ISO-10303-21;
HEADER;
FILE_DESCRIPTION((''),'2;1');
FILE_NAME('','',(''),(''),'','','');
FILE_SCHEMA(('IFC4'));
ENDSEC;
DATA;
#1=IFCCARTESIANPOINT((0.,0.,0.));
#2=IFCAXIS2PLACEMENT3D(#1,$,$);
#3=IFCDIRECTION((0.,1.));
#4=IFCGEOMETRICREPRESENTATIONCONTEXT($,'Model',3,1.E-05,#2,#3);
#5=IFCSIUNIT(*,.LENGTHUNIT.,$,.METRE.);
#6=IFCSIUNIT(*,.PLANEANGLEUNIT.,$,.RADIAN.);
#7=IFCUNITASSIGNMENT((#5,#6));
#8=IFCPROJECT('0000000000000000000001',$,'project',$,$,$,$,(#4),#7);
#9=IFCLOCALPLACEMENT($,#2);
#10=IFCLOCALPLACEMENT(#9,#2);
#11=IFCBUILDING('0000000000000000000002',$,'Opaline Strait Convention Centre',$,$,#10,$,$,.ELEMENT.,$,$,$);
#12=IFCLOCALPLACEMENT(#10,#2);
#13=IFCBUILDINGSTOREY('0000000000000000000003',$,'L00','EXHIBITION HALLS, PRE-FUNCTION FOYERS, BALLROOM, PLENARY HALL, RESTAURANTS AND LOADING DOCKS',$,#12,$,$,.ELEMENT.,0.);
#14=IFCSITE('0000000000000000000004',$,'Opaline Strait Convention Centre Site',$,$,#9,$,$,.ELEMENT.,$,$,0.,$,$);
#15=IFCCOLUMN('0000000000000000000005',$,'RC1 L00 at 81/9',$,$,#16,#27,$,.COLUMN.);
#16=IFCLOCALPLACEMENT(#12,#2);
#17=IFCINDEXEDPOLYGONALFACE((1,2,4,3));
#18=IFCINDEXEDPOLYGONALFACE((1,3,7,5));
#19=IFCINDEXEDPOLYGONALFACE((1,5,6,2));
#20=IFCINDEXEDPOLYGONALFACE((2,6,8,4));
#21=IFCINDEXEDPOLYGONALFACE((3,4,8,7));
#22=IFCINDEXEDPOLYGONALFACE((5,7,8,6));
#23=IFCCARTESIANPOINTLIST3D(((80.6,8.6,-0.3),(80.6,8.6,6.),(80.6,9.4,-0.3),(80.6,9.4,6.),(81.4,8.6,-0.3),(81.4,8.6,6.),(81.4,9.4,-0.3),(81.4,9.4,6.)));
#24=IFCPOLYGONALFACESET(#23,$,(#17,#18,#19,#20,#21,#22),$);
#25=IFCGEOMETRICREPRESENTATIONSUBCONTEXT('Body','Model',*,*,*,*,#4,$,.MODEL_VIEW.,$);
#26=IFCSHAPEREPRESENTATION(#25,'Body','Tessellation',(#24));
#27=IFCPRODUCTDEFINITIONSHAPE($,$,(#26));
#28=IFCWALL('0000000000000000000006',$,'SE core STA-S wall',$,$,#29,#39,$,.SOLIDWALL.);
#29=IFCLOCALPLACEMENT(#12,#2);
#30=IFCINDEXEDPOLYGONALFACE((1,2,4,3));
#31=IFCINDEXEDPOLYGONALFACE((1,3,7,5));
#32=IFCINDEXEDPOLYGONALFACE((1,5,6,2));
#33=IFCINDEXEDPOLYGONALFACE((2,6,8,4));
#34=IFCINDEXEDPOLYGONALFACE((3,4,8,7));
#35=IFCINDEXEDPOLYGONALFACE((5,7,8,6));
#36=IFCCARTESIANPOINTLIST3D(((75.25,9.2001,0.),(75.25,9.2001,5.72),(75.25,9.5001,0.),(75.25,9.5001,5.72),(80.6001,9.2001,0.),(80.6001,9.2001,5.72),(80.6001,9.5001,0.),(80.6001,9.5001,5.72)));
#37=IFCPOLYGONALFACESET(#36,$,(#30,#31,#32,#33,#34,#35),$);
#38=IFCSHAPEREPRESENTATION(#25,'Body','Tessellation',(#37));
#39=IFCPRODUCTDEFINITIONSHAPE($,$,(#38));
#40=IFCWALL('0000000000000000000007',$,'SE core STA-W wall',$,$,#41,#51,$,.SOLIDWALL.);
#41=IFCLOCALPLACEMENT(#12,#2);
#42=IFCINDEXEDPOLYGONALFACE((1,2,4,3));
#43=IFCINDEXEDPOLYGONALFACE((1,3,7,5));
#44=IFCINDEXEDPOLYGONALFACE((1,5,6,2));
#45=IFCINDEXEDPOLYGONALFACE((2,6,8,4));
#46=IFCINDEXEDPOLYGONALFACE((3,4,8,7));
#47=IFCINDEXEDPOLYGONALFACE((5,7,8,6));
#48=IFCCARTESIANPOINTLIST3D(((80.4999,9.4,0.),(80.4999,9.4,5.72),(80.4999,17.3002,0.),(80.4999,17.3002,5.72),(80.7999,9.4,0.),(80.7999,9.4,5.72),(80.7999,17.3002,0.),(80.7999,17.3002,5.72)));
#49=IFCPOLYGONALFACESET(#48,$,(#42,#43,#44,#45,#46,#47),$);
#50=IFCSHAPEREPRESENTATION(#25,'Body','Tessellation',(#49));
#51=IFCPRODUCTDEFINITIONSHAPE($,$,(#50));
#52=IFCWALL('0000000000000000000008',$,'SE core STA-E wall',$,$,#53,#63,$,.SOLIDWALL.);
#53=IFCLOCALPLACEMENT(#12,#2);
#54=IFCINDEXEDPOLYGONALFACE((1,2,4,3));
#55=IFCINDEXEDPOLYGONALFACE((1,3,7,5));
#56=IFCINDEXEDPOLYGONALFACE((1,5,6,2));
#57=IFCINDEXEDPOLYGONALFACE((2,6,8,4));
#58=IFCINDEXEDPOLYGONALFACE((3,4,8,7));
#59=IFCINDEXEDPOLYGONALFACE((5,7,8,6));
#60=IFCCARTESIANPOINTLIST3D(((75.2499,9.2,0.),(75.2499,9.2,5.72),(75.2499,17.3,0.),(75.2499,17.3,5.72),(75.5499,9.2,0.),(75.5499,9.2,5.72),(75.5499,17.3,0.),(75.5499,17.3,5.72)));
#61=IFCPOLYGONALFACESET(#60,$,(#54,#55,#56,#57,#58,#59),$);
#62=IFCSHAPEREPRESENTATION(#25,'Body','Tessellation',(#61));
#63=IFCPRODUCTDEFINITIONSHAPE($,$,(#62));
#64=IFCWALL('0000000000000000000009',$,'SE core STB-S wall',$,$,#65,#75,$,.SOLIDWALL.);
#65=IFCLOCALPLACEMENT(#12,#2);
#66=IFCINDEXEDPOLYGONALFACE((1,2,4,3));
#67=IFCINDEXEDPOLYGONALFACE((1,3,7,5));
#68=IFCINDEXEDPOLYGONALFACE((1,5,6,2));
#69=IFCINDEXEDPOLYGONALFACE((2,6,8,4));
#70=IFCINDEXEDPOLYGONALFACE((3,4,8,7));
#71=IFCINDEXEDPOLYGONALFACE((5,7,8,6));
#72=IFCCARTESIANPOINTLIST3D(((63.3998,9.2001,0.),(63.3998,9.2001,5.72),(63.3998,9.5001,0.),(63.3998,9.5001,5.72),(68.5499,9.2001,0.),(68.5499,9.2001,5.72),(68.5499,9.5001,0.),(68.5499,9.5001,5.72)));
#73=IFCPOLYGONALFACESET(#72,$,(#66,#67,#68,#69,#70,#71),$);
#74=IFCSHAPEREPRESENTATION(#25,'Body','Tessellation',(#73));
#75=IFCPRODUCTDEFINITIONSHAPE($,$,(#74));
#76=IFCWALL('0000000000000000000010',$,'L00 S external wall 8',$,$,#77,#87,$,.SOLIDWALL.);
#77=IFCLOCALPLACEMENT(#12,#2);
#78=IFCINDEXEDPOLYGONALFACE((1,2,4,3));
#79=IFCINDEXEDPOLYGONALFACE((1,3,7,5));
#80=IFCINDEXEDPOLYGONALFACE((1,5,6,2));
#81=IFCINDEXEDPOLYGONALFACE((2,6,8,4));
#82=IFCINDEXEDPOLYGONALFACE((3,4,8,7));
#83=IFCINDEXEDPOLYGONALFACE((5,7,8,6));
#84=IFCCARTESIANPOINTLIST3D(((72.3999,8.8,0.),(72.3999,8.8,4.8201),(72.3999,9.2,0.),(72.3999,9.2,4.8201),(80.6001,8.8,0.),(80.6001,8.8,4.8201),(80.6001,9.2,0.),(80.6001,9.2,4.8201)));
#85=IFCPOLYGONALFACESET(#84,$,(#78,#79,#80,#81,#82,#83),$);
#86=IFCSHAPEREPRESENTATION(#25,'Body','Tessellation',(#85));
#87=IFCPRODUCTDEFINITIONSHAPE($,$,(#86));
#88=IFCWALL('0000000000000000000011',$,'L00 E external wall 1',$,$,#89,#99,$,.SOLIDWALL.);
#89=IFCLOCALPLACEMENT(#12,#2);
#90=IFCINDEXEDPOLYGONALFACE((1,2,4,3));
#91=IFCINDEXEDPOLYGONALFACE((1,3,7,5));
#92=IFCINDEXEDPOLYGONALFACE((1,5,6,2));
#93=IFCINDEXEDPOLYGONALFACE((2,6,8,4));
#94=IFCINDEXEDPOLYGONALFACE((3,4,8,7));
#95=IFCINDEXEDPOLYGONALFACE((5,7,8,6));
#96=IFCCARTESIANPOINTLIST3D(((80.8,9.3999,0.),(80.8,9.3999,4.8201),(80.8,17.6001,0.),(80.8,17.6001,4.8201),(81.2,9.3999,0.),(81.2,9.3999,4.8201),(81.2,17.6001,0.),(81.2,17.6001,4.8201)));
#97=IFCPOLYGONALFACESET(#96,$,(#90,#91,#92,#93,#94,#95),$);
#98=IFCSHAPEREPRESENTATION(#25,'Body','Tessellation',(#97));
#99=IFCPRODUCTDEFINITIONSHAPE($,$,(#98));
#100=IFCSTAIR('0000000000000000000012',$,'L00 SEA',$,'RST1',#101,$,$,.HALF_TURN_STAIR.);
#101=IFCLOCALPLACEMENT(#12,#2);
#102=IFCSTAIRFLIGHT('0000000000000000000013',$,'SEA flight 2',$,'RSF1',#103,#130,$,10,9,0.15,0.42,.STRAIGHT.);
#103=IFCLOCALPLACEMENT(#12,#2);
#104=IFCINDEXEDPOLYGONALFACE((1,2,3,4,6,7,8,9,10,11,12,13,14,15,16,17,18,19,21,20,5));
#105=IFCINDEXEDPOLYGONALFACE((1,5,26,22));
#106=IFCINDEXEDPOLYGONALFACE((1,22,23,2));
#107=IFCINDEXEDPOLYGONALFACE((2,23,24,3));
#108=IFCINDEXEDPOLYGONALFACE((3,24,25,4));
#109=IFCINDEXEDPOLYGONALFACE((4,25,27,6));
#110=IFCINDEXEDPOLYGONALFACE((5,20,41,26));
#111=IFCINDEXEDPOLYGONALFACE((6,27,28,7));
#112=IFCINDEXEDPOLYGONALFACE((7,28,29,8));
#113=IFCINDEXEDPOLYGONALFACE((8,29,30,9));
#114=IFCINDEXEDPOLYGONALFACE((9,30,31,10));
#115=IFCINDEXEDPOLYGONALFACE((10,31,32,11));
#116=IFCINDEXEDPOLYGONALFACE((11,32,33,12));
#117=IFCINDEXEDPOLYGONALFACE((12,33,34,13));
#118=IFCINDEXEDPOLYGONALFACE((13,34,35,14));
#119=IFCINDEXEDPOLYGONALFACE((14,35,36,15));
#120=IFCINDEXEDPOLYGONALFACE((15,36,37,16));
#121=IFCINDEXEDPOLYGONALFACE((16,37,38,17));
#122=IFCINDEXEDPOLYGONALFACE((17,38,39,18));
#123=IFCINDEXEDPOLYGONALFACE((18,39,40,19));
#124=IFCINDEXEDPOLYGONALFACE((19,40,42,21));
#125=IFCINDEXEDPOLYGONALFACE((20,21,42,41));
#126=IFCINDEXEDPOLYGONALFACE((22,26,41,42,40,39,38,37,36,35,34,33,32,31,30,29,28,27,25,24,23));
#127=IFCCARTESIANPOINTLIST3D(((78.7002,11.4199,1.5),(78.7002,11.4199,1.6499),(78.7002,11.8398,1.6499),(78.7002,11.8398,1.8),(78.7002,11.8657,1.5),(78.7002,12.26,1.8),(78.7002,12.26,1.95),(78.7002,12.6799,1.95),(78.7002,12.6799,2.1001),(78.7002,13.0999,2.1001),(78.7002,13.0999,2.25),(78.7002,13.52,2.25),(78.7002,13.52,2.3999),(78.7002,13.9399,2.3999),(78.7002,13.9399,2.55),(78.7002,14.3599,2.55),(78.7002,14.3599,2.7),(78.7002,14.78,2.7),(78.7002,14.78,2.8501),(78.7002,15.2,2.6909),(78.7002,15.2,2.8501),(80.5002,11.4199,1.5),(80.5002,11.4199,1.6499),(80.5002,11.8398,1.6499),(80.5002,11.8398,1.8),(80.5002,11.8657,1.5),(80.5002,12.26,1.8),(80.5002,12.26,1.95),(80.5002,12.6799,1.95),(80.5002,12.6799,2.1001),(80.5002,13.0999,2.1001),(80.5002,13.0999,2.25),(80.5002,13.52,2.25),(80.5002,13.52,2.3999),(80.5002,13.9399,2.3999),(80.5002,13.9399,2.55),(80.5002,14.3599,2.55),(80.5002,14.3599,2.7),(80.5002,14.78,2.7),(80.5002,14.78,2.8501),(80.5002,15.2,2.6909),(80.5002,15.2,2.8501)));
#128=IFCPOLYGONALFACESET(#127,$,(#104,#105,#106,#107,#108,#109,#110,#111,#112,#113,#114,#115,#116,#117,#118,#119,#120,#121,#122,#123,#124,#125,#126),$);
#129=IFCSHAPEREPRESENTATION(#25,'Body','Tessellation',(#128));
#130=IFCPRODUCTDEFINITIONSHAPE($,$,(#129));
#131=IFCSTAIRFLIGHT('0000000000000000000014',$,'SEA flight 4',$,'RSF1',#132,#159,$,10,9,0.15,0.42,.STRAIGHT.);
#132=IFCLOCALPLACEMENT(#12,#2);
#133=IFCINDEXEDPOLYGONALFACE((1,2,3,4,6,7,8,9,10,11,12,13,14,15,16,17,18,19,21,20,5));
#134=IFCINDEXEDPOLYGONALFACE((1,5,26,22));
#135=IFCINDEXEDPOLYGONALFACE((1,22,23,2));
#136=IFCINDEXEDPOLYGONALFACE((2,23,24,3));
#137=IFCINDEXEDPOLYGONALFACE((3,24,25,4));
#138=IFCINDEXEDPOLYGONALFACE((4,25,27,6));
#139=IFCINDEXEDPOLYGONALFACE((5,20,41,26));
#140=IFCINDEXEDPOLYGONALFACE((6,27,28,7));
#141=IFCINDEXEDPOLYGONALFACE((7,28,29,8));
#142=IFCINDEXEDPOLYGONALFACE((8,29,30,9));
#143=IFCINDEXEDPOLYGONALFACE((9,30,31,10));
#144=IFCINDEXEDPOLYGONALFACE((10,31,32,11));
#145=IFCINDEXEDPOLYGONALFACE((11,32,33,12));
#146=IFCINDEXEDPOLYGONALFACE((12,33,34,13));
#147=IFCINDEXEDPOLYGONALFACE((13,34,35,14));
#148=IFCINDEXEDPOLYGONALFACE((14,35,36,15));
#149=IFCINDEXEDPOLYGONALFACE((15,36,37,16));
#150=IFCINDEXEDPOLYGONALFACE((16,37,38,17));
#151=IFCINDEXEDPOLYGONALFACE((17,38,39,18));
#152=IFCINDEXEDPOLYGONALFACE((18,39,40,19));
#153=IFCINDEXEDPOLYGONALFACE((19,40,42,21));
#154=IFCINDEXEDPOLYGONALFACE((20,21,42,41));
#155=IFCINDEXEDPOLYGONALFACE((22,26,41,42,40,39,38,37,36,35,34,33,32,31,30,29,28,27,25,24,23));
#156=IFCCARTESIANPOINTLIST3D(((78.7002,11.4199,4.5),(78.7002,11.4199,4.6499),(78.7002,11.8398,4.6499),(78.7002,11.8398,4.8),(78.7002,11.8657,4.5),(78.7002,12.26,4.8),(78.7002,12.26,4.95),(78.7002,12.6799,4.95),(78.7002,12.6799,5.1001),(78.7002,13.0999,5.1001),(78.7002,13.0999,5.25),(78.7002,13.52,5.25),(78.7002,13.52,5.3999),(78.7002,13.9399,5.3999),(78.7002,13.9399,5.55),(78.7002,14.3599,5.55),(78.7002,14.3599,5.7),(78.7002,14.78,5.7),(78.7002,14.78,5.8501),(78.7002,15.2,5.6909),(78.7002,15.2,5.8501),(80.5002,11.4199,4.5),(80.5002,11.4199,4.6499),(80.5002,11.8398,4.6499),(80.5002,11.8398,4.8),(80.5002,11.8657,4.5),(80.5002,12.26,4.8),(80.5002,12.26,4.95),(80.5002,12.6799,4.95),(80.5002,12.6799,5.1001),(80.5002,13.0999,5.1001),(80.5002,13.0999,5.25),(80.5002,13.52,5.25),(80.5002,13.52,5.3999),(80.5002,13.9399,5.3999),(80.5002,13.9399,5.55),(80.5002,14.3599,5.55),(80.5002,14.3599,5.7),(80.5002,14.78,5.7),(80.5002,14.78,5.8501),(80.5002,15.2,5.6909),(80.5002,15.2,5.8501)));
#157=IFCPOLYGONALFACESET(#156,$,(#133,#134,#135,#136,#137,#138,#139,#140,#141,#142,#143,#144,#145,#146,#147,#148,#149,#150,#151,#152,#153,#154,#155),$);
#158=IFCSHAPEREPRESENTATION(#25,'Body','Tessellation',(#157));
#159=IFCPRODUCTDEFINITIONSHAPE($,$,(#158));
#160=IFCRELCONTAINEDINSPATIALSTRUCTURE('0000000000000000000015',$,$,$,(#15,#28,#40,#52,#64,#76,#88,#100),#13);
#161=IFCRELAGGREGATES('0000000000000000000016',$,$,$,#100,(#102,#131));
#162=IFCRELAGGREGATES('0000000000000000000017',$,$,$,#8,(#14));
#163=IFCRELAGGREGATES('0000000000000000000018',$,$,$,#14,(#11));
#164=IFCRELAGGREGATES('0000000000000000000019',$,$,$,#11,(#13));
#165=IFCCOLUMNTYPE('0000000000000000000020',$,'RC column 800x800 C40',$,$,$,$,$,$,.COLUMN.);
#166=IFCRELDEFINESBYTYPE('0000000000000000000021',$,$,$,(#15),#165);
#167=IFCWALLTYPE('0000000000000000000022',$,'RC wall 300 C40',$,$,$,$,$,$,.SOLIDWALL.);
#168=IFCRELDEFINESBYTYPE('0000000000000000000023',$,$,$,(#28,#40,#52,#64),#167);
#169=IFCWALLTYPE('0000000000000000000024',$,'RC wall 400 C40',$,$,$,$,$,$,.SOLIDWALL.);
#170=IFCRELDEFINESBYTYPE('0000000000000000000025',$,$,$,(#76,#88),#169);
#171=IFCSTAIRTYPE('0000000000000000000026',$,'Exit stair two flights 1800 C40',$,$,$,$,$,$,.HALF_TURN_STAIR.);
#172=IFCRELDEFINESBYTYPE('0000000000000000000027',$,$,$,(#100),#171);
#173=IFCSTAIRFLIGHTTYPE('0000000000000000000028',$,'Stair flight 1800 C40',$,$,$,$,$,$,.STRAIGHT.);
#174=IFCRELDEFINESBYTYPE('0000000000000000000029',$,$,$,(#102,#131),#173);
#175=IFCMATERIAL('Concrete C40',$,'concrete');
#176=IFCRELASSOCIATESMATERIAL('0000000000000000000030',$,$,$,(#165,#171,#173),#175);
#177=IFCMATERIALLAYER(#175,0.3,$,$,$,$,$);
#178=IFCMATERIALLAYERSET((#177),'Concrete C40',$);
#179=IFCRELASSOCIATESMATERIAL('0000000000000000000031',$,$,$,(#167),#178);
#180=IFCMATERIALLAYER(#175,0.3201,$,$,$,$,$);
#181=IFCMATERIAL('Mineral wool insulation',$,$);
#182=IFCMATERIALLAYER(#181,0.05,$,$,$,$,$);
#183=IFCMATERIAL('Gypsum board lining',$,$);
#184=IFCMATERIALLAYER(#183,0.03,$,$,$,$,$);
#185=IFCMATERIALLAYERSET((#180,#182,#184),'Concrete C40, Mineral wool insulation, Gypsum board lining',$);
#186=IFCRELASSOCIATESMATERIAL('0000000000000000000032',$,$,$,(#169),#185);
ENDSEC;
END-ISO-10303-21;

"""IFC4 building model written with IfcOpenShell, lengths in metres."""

from ifc_helpers import new_model, si_unit, direction, frame, frame_2d, origin, origin_2d, place, context, subcontext, project, spatial, polyline, rectangle, outline, extrude, material, layer, layer_set, material_profile, profile_set, type_object, element, aggregate, save


model = new_model("IFC4")

# Units and contexts
model_context = context("Model", 3, precision=1e-05, world=origin(), true_north=direction((0.0, 1.0)))
body_context = subcontext(model_context, "Body", "Model", "MODEL_VIEW")
ifc_project = project(units=[si_unit("LENGTHUNIT", "METRE"), si_unit("PLANEANGLEUNIT", "RADIAN")], contexts=[model_context])

# Site, building, storey
site_placement = place(None, origin())
site = spatial("IfcSite", under=ifc_project, at=site_placement, Name="Opaline Strait Convention Centre Site", CompositionType="ELEMENT", RefElevation=0.0)
building_placement = place(site_placement, origin())
building = spatial("IfcBuilding", under=site, at=building_placement, Name="Opaline Strait Convention Centre", CompositionType="ELEMENT")
storey_placement = place(building_placement, origin())
storey = spatial("IfcBuildingStorey", under=building, at=storey_placement, Name="L00", Description="EXHIBITION HALLS, PRE-FUNCTION FOYERS, BALLROOM, PLENARY HALL, RESTAURANTS AND LOADING DOCKS", CompositionType="ELEMENT", Elevation=0.0)

# Column
ifc_material_1 = material(Name="Concrete C40", Category="concrete")
ifc_material_profile_1 = material_profile(ifc_material_1, rectangle(XDim=0.8, YDim=0.8, at=origin_2d()), Name="RC 800x800")
ifc_profile_set_1 = profile_set([ifc_material_profile_1], Name="Concrete C40")
column_type = type_object("IfcColumnType", Name="RC column 800x800 C40", PredefinedType="COLUMN", material=ifc_profile_set_1)
for number, where, z_axis, x_axis, name in (
    (1, (81.0, 9.0, -0.3), (0.0, 0.0, 1.0), (1.0, 0.0, 0.0), "RC1 L00 at 81/9"),
):
    element("IfcColumn", number, at=place(storey_placement, frame(where, z_axis=z_axis, x_axis=x_axis)), inside=storey, type_object=column_type, Name=name, PredefinedType="COLUMN", context=body_context, shape_type="SweptSolid", body=[
        extrude(rectangle(XDim=0.8, YDim=0.8, at=origin_2d()), origin(), (0.0, 0.0, 1.0), 6.3),
    ])

# Walls
ifc_layer_1 = layer(ifc_material_1, 0.3)
ifc_layer_set_1 = layer_set([ifc_layer_1], Name="Concrete C40")
wall_type_1 = type_object("IfcWallType", Name="RC wall 300 C40", PredefinedType="SOLIDWALL", material=ifc_layer_set_1)
wall_1_placement = place(storey_placement, frame((80.6001, 9.3501, 0.0), z_axis=(0.0, 0.0, 1.0), x_axis=(-1.0, 0.0, 0.0)))
element("IfcWall", 2, at=wall_1_placement, inside=storey, type_object=wall_type_1, Name="SE core STA-S wall", PredefinedType="SOLIDWALL", context=body_context, shape_type="SweptSolid", body=[
    extrude(rectangle(XDim=5.3501, YDim=0.3, at=frame_2d((2.675, 0.0))), origin(), (0.0, 0.0, 1.0), 5.72),
])
wall_2_placement = place(storey_placement, frame((80.6499, 9.3999, 0.0), z_axis=(0.0, 0.0, 1.0), x_axis=(0.0, 1.0, 0.0)))
element("IfcWall", 3, at=wall_2_placement, inside=storey, type_object=wall_type_1, Name="SE core STA-W wall", PredefinedType="SOLIDWALL", context=body_context, shape_type="SweptSolid", body=[
    extrude(rectangle(XDim=7.9001, YDim=0.3, at=frame_2d((3.9502, 0.0))), origin(), (0.0, 0.0, 1.0), 5.72),
])
wall_3_placement = place(storey_placement, frame((75.3999, 9.2, 0.0), z_axis=(0.0, 0.0, 1.0), x_axis=(0.0, 1.0, 0.0)))
element("IfcWall", 4, at=wall_3_placement, inside=storey, type_object=wall_type_1, Name="SE core STA-E wall", PredefinedType="SOLIDWALL", context=body_context, shape_type="SweptSolid", body=[
    extrude(rectangle(XDim=8.1001, YDim=0.3, at=frame_2d((4.05, 0.0))), origin(), (0.0, 0.0, 1.0), 5.72),
])
wall_4_placement = place(storey_placement, frame((68.55, 9.3501, 0.0), z_axis=(0.0, 0.0, 1.0), x_axis=(-1.0, 0.0, 0.0)))
element("IfcWall", 5, at=wall_4_placement, inside=storey, type_object=wall_type_1, Name="SE core STB-S wall", PredefinedType="SOLIDWALL", context=body_context, shape_type="SweptSolid", body=[
    extrude(rectangle(XDim=5.1501, YDim=0.3, at=frame_2d((2.5752, 0.0))), origin(), (0.0, 0.0, 1.0), 5.72),
])
ifc_layer_2 = layer(ifc_material_1, 0.3201)
ifc_material_2 = material(Name="Mineral wool insulation")
ifc_layer_3 = layer(ifc_material_2, 0.05)
ifc_material_3 = material(Name="Gypsum board lining")
ifc_layer_4 = layer(ifc_material_3, 0.03)
ifc_layer_set_2 = layer_set([ifc_layer_2, ifc_layer_3, ifc_layer_4], Name="Concrete C40, Mineral wool insulation, Gypsum board lining")
wall_type_2 = type_object("IfcWallType", Name="RC wall 400 C40", PredefinedType="SOLIDWALL", material=ifc_layer_set_2)
for number, where, z_axis, x_axis, name in (
    (6, (72.3999, 9.0, 0.0), (0.0, 0.0, 1.0), (1.0, 0.0, 0.0), "L00 S external wall 8"),
    (7, (81.0, 9.3999, 0.0), (0.0, 0.0, 1.0), (0.0, 1.0, 0.0), "L00 E external wall 1"),
):
    element("IfcWall", number, at=place(storey_placement, frame(where, z_axis=z_axis, x_axis=x_axis)), inside=storey, type_object=wall_type_2, Name=name, PredefinedType="SOLIDWALL", context=body_context, shape_type="SweptSolid", body=[
        extrude(rectangle(XDim=8.2002, YDim=0.3999, at=frame_2d((4.1001, 0.0))), origin(), (0.0, 0.0, 1.0), 4.8201),
    ])

# Stair, stair flights
stair_type = type_object("IfcStairType", Name="Exit stair two flights 1800 C40", PredefinedType="HALF_TURN_STAIR", material=ifc_material_1)
stair_placement = place(storey_placement, origin())
stair = element("IfcStair", 8, at=stair_placement, inside=storey, type_object=stair_type, Name="L00 SEA", ObjectType="RST1", PredefinedType="HALF_TURN_STAIR")
stair_flight_type = type_object("IfcStairFlightType", Name="Stair flight 1800 C40", PredefinedType="STRAIGHT", material=ifc_material_1)
stair_flight_1_placement = place(storey_placement, frame((79.6001, 11.4199, 1.5), z_axis=(0.0, 0.0, 1.0), x_axis=(0.0, 1.0, 0.0)))
stair_flight_1 = element("IfcStairFlight", 9, at=stair_flight_1_placement, type_object=stair_flight_type, Name="SEA flight 2", ObjectType="RSF1", NumberOfRisers=10, NumberOfTreads=9, PredefinedType="STRAIGHT", RiserHeight=0.15, TreadLength=0.42, context=body_context, shape_type="SweptSolid", body=[
    extrude(outline(polyline([(0.0, 0.0), (0.0, 0.1499), (0.4199, 0.1499), (0.4199, 0.3), (0.8401, 0.3), (0.8401, 0.45), (1.26, 0.45), (1.26, 0.6001), (1.6799, 0.6001), (1.6799, 0.75), (2.1001, 0.75), (2.1001, 0.8999), (2.52, 0.8999), (2.52, 1.05), (2.9399, 1.05), (2.9399, 1.2), (3.3601, 1.2), (3.3601, 1.3501), (3.78, 1.3501), (3.78, 1.5), (3.78, 1.1909), (0.4458, 0.0), (0.0, 0.0)])), frame((0.0, 0.8999, 0.0), z_axis=(0.0, -1.0, 0.0), x_axis=(1.0, 0.0, 0.0)), (0.0, 0.0, 1.0), 1.8),
])
stair_flight_2_placement = place(storey_placement, frame((79.6001, 11.4199, 4.5), z_axis=(0.0, 0.0, 1.0), x_axis=(0.0, 1.0, 0.0)))
stair_flight_2 = element("IfcStairFlight", 10, at=stair_flight_2_placement, type_object=stair_flight_type, Name="SEA flight 4", ObjectType="RSF1", NumberOfRisers=10, NumberOfTreads=9, PredefinedType="STRAIGHT", RiserHeight=0.15, TreadLength=0.42, context=body_context, shape_type="SweptSolid", body=[
    extrude(outline(polyline([(0.0, 0.0), (0.0, 0.1499), (0.4199, 0.1499), (0.4199, 0.3), (0.8401, 0.3), (0.8401, 0.45), (1.26, 0.45), (1.26, 0.6001), (1.6799, 0.6001), (1.6799, 0.75), (2.1001, 0.75), (2.1001, 0.8999), (2.52, 0.8999), (2.52, 1.05), (2.9399, 1.05), (2.9399, 1.2), (3.3601, 1.2), (3.3601, 1.3501), (3.78, 1.3501), (3.78, 1.5), (3.78, 1.1909), (0.4458, 0.0), (0.0, 0.0)])), frame((0.0, 0.8999, 0.0), z_axis=(0.0, -1.0, 0.0), x_axis=(1.0, 0.0, 0.0)), (0.0, 0.0, 1.0), 1.8),
])
aggregate(stair, [stair_flight_1, stair_flight_2])

save(model, "model.ifc")
